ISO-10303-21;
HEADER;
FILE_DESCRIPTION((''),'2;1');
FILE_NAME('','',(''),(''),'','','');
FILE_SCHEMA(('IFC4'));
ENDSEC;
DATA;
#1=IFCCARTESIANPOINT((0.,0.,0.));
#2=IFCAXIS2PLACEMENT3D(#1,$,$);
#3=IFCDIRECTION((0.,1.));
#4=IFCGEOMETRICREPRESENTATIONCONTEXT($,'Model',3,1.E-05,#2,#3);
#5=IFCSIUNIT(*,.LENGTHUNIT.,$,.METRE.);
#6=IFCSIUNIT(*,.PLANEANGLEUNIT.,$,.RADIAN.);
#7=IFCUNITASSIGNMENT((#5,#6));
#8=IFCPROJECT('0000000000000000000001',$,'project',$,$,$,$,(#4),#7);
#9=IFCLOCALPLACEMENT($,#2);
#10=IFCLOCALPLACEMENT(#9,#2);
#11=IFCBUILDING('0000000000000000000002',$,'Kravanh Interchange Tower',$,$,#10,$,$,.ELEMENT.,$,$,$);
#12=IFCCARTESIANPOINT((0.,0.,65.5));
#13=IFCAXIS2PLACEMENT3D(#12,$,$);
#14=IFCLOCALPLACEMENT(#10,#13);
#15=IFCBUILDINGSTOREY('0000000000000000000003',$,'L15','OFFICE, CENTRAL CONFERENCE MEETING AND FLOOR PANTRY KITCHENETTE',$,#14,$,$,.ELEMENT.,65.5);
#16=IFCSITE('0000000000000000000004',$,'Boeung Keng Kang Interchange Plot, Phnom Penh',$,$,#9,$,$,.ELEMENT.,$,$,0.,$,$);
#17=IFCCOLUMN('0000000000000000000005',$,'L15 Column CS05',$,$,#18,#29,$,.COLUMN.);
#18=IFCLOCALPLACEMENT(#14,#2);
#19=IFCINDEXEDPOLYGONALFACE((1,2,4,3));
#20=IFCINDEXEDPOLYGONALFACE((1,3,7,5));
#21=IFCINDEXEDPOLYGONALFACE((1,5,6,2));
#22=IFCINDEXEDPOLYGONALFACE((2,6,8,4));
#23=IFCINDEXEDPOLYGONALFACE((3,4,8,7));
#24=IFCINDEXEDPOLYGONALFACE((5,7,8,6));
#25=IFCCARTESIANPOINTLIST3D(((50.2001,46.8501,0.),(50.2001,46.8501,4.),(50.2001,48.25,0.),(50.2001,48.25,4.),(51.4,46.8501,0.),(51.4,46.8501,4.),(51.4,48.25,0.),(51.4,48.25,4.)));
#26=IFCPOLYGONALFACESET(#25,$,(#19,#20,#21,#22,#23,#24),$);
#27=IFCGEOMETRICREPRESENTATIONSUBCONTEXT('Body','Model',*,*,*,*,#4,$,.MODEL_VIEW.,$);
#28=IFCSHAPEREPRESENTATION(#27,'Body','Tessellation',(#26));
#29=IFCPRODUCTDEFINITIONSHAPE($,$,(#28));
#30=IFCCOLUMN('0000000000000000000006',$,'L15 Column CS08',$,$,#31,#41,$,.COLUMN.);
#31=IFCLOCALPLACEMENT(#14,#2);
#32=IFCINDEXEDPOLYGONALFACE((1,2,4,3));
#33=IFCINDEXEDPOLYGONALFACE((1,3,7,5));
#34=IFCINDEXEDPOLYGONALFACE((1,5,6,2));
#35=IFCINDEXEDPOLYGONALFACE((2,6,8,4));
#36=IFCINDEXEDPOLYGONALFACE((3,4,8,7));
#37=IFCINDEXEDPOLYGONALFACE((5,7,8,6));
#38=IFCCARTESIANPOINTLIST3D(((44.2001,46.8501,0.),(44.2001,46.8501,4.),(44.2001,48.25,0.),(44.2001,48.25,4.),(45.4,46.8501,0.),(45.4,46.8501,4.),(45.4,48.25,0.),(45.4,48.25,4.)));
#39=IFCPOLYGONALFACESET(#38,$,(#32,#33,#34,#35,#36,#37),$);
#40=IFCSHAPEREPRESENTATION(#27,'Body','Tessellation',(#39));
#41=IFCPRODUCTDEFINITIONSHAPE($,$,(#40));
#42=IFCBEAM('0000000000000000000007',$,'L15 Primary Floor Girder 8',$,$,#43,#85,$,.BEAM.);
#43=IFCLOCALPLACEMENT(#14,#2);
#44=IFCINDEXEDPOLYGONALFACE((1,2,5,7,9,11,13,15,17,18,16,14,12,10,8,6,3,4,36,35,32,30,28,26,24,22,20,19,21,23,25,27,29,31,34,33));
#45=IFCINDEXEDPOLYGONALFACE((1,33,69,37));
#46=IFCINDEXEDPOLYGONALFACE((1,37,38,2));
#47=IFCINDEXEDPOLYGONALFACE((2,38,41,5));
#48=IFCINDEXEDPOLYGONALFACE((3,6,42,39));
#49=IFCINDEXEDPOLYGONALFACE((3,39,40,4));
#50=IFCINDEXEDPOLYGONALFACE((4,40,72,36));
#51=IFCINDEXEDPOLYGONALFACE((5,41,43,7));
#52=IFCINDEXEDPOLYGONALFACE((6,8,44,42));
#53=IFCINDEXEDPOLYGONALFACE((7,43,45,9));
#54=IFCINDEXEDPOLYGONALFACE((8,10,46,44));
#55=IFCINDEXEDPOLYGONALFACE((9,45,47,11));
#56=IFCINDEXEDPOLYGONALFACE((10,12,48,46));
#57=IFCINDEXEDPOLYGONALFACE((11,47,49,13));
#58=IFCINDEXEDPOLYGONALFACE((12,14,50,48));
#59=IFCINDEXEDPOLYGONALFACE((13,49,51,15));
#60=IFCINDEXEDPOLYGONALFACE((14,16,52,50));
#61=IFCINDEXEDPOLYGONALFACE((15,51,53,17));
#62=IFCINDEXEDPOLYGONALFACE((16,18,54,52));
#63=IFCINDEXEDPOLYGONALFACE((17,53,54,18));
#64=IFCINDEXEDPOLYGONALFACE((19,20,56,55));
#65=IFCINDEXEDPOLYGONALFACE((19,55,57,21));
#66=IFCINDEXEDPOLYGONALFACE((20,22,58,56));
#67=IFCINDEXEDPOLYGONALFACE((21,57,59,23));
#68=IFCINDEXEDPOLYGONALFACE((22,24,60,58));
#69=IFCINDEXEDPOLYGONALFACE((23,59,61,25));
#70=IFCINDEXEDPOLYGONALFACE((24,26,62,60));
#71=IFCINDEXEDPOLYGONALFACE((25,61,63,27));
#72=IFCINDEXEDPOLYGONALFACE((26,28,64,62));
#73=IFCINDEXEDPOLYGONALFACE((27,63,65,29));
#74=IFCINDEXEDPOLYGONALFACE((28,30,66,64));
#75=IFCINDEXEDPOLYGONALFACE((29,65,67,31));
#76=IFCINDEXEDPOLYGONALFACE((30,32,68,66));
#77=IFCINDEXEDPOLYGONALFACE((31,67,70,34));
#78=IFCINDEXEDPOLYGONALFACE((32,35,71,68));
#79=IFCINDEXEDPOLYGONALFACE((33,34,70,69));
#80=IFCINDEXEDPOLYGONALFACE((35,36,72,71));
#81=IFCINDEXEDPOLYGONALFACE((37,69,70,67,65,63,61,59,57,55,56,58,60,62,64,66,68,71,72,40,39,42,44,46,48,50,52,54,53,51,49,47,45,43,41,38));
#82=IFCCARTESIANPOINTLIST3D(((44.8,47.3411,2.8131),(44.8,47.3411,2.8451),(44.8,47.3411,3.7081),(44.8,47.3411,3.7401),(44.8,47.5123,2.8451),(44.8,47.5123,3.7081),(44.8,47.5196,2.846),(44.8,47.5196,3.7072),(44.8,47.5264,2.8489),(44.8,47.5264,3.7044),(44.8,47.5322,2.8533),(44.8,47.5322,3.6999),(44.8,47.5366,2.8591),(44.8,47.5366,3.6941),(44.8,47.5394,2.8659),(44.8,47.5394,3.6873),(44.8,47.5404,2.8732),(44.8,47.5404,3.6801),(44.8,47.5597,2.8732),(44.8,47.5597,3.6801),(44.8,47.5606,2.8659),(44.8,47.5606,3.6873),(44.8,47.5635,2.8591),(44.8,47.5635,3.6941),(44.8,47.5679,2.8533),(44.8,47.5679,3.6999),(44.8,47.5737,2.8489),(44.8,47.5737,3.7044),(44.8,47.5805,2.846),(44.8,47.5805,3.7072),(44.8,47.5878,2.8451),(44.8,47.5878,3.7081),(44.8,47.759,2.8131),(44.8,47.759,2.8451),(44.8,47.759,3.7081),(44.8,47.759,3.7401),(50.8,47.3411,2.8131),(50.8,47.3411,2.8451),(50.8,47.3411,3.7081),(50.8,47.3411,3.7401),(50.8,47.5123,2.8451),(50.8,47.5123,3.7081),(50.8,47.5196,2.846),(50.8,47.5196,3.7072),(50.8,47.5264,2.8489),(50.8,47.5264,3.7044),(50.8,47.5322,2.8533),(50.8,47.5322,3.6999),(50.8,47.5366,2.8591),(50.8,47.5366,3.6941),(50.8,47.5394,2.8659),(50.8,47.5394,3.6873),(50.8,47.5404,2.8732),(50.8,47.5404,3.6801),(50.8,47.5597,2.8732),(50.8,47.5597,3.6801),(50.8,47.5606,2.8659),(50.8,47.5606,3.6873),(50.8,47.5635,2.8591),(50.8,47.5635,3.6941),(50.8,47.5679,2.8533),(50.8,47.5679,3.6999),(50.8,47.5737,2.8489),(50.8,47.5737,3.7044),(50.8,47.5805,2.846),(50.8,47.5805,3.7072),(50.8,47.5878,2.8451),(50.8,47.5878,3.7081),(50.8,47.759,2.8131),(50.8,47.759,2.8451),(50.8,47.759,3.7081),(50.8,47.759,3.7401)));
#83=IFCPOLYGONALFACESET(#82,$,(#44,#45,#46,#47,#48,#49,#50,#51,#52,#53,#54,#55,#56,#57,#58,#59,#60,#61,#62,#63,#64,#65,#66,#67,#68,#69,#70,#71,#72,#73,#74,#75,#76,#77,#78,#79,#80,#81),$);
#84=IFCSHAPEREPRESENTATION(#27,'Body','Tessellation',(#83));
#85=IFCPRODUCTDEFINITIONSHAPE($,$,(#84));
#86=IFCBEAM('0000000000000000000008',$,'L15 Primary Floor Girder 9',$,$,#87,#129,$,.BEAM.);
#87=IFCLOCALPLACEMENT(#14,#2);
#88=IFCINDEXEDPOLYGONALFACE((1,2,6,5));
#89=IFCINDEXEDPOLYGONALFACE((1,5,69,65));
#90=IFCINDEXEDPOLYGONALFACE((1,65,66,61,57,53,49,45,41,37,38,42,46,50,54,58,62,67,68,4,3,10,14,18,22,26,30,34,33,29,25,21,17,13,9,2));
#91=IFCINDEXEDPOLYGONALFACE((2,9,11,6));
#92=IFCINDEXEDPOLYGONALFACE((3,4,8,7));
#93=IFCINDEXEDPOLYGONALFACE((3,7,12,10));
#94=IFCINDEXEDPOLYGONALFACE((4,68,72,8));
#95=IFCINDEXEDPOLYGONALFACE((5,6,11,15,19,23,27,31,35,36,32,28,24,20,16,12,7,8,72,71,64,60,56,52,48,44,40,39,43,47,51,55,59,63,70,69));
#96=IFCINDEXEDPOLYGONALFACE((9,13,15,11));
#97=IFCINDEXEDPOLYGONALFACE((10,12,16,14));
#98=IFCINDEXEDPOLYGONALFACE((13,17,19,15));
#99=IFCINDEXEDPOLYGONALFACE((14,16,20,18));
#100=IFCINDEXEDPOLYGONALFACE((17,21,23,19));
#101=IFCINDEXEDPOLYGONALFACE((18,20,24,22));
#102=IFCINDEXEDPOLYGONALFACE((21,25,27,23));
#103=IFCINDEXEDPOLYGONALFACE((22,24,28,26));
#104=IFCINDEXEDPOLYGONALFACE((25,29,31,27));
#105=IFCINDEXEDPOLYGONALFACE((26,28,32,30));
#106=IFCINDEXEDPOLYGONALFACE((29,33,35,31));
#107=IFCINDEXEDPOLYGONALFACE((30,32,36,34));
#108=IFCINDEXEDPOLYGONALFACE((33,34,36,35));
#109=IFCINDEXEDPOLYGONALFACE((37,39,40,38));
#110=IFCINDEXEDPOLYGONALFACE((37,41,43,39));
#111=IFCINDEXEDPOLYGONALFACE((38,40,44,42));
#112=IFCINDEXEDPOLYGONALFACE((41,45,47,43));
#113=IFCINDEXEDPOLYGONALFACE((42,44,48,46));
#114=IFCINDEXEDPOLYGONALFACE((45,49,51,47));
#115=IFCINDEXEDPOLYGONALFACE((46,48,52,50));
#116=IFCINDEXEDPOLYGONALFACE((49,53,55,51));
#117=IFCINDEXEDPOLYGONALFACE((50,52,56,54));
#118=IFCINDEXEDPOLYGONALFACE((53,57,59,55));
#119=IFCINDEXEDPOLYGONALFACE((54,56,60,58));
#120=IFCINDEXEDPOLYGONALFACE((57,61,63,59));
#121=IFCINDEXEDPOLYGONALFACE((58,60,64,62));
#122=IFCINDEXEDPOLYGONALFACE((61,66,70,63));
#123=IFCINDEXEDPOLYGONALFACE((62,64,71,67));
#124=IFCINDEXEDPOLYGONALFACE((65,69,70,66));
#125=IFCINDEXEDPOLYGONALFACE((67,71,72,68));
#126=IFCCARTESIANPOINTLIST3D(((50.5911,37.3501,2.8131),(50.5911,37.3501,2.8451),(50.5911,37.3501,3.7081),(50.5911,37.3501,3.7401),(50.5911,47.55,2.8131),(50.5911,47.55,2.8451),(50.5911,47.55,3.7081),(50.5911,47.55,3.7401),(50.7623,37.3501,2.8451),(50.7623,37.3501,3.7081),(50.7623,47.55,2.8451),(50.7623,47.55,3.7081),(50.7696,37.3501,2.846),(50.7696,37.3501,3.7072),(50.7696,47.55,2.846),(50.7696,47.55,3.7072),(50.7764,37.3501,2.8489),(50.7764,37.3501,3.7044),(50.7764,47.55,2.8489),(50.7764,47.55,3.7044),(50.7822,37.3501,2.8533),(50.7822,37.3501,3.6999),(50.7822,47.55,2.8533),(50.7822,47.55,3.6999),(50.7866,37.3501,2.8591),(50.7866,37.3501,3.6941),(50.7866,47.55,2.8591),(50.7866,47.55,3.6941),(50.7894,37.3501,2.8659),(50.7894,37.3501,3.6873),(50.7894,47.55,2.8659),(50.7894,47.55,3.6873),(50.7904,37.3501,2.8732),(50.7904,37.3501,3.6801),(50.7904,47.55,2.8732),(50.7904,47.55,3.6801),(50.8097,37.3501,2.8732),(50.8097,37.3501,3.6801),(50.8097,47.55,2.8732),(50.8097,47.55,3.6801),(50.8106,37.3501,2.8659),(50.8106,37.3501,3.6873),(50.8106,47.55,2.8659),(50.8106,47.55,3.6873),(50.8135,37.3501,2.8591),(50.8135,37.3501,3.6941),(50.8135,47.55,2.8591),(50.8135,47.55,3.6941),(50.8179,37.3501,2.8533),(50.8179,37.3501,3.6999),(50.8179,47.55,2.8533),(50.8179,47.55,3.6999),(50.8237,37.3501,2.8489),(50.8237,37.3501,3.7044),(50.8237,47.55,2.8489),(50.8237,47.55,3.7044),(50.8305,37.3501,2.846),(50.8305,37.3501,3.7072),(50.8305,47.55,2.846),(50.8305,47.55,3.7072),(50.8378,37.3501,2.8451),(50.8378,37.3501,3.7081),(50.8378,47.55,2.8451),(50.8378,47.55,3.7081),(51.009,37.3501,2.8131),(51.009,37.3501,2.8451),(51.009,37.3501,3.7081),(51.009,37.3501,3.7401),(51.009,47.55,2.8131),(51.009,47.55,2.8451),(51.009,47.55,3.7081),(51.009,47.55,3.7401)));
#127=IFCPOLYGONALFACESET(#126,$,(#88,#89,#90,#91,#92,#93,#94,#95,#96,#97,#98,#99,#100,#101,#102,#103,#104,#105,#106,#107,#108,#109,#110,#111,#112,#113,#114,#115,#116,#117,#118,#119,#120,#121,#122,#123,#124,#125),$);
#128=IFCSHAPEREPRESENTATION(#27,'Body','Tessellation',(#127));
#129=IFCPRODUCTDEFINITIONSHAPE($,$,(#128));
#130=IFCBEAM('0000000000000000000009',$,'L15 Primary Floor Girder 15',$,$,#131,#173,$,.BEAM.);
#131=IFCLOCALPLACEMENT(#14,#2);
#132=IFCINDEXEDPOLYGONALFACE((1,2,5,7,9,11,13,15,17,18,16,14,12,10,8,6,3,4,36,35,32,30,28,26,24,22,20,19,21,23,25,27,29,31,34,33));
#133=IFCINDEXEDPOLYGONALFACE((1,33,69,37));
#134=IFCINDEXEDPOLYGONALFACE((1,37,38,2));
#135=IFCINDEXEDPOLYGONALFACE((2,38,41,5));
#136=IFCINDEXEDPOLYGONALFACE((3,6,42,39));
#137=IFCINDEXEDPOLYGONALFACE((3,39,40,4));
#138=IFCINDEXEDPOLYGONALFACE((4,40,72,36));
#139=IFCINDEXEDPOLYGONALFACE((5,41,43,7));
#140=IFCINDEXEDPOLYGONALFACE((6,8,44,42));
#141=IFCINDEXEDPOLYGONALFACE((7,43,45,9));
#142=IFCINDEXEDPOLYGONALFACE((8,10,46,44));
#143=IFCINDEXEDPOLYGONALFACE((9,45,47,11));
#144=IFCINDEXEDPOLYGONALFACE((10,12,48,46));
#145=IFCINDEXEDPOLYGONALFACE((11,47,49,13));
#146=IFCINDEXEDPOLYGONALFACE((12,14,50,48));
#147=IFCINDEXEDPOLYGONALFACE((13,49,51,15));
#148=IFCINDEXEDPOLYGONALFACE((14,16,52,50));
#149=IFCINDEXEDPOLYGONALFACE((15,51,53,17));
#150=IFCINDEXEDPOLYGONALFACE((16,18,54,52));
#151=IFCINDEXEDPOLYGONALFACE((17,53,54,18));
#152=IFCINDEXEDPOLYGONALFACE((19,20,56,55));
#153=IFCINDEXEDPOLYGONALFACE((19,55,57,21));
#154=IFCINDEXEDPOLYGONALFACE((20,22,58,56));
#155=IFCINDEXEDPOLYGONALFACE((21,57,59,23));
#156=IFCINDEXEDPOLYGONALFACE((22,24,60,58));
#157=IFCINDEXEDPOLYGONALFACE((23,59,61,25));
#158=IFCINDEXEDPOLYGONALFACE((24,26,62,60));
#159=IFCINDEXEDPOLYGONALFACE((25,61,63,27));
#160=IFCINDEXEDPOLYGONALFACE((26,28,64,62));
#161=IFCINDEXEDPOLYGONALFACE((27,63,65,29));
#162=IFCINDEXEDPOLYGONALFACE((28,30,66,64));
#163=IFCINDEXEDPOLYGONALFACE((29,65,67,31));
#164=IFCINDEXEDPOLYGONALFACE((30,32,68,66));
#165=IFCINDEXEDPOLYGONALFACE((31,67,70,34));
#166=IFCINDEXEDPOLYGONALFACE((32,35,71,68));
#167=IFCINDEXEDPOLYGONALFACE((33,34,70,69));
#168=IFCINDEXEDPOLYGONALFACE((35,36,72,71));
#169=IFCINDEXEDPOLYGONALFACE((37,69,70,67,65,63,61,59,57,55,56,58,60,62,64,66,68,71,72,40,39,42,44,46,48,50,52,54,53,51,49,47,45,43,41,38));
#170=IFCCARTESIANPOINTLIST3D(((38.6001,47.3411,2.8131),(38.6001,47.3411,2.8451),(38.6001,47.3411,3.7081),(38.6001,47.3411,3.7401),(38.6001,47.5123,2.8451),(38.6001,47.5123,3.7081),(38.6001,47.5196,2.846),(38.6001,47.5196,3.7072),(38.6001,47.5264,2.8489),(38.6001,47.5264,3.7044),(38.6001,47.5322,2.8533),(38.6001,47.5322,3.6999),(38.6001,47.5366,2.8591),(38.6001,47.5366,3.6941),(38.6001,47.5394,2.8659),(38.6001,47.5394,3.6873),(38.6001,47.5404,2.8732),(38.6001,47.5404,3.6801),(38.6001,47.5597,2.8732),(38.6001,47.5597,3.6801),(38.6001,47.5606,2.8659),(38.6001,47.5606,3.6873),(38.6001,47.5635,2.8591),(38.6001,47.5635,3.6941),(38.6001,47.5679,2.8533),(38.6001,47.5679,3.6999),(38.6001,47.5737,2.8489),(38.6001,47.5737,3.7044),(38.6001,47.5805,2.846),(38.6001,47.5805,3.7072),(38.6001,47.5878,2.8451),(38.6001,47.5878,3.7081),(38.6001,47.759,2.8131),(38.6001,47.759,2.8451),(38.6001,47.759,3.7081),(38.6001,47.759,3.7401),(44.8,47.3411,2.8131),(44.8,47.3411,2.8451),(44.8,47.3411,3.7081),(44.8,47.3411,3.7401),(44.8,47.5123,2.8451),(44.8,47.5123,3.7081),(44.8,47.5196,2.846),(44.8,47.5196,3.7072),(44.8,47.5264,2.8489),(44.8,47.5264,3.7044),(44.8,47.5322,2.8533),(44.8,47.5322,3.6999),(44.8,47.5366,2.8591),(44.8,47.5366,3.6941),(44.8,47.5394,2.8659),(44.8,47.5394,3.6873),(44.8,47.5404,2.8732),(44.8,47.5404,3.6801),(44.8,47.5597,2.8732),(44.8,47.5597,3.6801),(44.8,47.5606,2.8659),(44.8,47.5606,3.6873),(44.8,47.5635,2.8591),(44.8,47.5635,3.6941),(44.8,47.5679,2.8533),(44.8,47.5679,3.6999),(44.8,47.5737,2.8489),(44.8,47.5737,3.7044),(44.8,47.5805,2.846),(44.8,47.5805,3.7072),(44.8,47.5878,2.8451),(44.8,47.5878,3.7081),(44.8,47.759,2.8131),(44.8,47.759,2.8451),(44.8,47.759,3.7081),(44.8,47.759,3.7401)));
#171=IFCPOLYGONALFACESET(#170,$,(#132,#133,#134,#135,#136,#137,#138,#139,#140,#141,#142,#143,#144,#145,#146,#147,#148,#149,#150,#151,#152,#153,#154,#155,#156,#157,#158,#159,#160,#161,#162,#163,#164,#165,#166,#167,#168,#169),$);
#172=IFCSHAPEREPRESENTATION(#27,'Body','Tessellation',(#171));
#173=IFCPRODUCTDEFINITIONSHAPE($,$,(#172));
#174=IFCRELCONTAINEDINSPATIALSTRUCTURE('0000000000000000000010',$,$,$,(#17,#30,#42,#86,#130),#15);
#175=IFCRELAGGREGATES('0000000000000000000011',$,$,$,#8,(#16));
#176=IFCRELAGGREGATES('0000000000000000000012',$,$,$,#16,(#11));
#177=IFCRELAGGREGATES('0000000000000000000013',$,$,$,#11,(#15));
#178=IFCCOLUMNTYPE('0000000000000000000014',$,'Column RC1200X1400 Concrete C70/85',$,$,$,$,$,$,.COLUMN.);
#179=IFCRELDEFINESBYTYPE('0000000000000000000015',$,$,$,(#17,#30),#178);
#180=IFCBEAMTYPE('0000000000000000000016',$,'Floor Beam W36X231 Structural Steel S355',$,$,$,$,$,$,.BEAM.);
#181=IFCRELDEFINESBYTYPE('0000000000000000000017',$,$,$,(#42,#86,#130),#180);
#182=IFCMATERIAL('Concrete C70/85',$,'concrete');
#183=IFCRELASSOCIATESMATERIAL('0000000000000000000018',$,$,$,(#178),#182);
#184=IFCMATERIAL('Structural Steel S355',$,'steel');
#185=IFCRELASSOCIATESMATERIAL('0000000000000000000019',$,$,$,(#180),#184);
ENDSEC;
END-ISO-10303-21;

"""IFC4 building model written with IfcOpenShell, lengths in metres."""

from ifc_helpers import new_model, si_unit, direction, frame, origin, origin_2d, place, context, subcontext, project, spatial, rectangle, i_section, extrude, material, material_profile, profile_set, type_object, element, save


model = new_model("IFC4")

# Units and contexts
model_context = context("Model", 3, precision=1e-05, world=origin(), true_north=direction((0.0, 1.0)))
body_context = subcontext(model_context, "Body", "Model", "MODEL_VIEW")
ifc_project = project(units=[si_unit("LENGTHUNIT", "METRE"), si_unit("PLANEANGLEUNIT", "RADIAN")], contexts=[model_context])

# Site, building, storey
site_placement = place(None, origin())
site = spatial("IfcSite", under=ifc_project, at=site_placement, Name="Boeung Keng Kang Interchange Plot, Phnom Penh", CompositionType="ELEMENT", RefElevation=0.0)
building_placement = place(site_placement, origin())
building = spatial("IfcBuilding", under=site, at=building_placement, Name="Kravanh Interchange Tower", CompositionType="ELEMENT")
storey_placement = place(building_placement, frame((0.0, 0.0, 65.5)))
storey = spatial("IfcBuildingStorey", under=building, at=storey_placement, Name="L15", Description="OFFICE, CENTRAL CONFERENCE MEETING AND FLOOR PANTRY KITCHENETTE", CompositionType="ELEMENT", Elevation=65.5)

# Columns
ifc_material_1 = material(Name="Concrete C70/85", Category="concrete")
ifc_material_profile_1 = material_profile(ifc_material_1, rectangle(XDim=1.2, YDim=1.3999, at=origin_2d()), Name="RC1200X1400")
ifc_profile_set_1 = profile_set([ifc_material_profile_1], Name="Concrete C70/85")
column_type = type_object("IfcColumnType", Name="Column RC1200X1400 Concrete C70/85", PredefinedType="COLUMN", material=ifc_profile_set_1)
for number, where, z_axis, x_axis, name in (
    (1, (50.8, 47.55, 0.0), (0.0, 0.0, 1.0), (1.0, 0.0, 0.0), "L15 Column CS05"),
    (2, (44.8, 47.55, 0.0), (0.0, 0.0, 1.0), (1.0, 0.0, 0.0), "L15 Column CS08"),
):
    element("IfcColumn", number, at=place(storey_placement, frame(where, z_axis=z_axis, x_axis=x_axis)), inside=storey, type_object=column_type, Name=name, PredefinedType="COLUMN", context=body_context, shape_type="SweptSolid", body=[
        extrude(rectangle(XDim=1.2, YDim=1.3999, at=origin_2d()), origin(), (0.0, 0.0, 1.0), 4.0),
    ])

# Beams
ifc_material_2 = material(Name="Structural Steel S355", Category="steel")
ifc_material_profile_2 = material_profile(ifc_material_2, i_section(OverallWidth=0.418, OverallDepth=0.927, WebThickness=0.0193, FlangeThickness=0.032, FilletRadius=0.0281, at=origin_2d()), Name="W36X231")
ifc_profile_set_2 = profile_set([ifc_material_profile_2], Name="Structural Steel S355")
beam_type = type_object("IfcBeamType", Name="Floor Beam W36X231 Structural Steel S355", PredefinedType="BEAM", material=ifc_profile_set_2)
beam_1_placement = place(storey_placement, frame((50.8, 47.55, 3.2766), z_axis=(-1.0, 0.0, 0.0), x_axis=(0.0, -1.0, 0.0)))
element("IfcBeam", 3, at=beam_1_placement, inside=storey, type_object=beam_type, Name="L15 Primary Floor Girder 8", PredefinedType="BEAM", context=body_context, shape_type="SweptSolid", body=[
    extrude(i_section(OverallWidth=0.418, OverallDepth=0.927, WebThickness=0.0193, FlangeThickness=0.032, FilletRadius=0.0281, at=origin_2d()), origin(), (0.0, 0.0, 1.0), 6.0),
])
beam_2_placement = place(storey_placement, frame((50.8, 47.55, 3.2766), z_axis=(0.0, -1.0, 0.0), x_axis=(1.0, 0.0, 0.0)))
element("IfcBeam", 4, at=beam_2_placement, inside=storey, type_object=beam_type, Name="L15 Primary Floor Girder 9", PredefinedType="BEAM", context=body_context, shape_type="SweptSolid", body=[
    extrude(i_section(OverallWidth=0.418, OverallDepth=0.927, WebThickness=0.0193, FlangeThickness=0.032, FilletRadius=0.0281, at=origin_2d()), origin(), (0.0, 0.0, 1.0), 10.2),
])
beam_3_placement = place(storey_placement, frame((44.8, 47.55, 3.2766), z_axis=(-1.0, 0.0, 0.0), x_axis=(0.0, -1.0, 0.0)))
element("IfcBeam", 5, at=beam_3_placement, inside=storey, type_object=beam_type, Name="L15 Primary Floor Girder 15", PredefinedType="BEAM", context=body_context, shape_type="SweptSolid", body=[
    extrude(i_section(OverallWidth=0.418, OverallDepth=0.927, WebThickness=0.0193, FlangeThickness=0.032, FilletRadius=0.0281, at=origin_2d()), origin(), (0.0, 0.0, 1.0), 6.2),
])

save(model, "model.ifc")
